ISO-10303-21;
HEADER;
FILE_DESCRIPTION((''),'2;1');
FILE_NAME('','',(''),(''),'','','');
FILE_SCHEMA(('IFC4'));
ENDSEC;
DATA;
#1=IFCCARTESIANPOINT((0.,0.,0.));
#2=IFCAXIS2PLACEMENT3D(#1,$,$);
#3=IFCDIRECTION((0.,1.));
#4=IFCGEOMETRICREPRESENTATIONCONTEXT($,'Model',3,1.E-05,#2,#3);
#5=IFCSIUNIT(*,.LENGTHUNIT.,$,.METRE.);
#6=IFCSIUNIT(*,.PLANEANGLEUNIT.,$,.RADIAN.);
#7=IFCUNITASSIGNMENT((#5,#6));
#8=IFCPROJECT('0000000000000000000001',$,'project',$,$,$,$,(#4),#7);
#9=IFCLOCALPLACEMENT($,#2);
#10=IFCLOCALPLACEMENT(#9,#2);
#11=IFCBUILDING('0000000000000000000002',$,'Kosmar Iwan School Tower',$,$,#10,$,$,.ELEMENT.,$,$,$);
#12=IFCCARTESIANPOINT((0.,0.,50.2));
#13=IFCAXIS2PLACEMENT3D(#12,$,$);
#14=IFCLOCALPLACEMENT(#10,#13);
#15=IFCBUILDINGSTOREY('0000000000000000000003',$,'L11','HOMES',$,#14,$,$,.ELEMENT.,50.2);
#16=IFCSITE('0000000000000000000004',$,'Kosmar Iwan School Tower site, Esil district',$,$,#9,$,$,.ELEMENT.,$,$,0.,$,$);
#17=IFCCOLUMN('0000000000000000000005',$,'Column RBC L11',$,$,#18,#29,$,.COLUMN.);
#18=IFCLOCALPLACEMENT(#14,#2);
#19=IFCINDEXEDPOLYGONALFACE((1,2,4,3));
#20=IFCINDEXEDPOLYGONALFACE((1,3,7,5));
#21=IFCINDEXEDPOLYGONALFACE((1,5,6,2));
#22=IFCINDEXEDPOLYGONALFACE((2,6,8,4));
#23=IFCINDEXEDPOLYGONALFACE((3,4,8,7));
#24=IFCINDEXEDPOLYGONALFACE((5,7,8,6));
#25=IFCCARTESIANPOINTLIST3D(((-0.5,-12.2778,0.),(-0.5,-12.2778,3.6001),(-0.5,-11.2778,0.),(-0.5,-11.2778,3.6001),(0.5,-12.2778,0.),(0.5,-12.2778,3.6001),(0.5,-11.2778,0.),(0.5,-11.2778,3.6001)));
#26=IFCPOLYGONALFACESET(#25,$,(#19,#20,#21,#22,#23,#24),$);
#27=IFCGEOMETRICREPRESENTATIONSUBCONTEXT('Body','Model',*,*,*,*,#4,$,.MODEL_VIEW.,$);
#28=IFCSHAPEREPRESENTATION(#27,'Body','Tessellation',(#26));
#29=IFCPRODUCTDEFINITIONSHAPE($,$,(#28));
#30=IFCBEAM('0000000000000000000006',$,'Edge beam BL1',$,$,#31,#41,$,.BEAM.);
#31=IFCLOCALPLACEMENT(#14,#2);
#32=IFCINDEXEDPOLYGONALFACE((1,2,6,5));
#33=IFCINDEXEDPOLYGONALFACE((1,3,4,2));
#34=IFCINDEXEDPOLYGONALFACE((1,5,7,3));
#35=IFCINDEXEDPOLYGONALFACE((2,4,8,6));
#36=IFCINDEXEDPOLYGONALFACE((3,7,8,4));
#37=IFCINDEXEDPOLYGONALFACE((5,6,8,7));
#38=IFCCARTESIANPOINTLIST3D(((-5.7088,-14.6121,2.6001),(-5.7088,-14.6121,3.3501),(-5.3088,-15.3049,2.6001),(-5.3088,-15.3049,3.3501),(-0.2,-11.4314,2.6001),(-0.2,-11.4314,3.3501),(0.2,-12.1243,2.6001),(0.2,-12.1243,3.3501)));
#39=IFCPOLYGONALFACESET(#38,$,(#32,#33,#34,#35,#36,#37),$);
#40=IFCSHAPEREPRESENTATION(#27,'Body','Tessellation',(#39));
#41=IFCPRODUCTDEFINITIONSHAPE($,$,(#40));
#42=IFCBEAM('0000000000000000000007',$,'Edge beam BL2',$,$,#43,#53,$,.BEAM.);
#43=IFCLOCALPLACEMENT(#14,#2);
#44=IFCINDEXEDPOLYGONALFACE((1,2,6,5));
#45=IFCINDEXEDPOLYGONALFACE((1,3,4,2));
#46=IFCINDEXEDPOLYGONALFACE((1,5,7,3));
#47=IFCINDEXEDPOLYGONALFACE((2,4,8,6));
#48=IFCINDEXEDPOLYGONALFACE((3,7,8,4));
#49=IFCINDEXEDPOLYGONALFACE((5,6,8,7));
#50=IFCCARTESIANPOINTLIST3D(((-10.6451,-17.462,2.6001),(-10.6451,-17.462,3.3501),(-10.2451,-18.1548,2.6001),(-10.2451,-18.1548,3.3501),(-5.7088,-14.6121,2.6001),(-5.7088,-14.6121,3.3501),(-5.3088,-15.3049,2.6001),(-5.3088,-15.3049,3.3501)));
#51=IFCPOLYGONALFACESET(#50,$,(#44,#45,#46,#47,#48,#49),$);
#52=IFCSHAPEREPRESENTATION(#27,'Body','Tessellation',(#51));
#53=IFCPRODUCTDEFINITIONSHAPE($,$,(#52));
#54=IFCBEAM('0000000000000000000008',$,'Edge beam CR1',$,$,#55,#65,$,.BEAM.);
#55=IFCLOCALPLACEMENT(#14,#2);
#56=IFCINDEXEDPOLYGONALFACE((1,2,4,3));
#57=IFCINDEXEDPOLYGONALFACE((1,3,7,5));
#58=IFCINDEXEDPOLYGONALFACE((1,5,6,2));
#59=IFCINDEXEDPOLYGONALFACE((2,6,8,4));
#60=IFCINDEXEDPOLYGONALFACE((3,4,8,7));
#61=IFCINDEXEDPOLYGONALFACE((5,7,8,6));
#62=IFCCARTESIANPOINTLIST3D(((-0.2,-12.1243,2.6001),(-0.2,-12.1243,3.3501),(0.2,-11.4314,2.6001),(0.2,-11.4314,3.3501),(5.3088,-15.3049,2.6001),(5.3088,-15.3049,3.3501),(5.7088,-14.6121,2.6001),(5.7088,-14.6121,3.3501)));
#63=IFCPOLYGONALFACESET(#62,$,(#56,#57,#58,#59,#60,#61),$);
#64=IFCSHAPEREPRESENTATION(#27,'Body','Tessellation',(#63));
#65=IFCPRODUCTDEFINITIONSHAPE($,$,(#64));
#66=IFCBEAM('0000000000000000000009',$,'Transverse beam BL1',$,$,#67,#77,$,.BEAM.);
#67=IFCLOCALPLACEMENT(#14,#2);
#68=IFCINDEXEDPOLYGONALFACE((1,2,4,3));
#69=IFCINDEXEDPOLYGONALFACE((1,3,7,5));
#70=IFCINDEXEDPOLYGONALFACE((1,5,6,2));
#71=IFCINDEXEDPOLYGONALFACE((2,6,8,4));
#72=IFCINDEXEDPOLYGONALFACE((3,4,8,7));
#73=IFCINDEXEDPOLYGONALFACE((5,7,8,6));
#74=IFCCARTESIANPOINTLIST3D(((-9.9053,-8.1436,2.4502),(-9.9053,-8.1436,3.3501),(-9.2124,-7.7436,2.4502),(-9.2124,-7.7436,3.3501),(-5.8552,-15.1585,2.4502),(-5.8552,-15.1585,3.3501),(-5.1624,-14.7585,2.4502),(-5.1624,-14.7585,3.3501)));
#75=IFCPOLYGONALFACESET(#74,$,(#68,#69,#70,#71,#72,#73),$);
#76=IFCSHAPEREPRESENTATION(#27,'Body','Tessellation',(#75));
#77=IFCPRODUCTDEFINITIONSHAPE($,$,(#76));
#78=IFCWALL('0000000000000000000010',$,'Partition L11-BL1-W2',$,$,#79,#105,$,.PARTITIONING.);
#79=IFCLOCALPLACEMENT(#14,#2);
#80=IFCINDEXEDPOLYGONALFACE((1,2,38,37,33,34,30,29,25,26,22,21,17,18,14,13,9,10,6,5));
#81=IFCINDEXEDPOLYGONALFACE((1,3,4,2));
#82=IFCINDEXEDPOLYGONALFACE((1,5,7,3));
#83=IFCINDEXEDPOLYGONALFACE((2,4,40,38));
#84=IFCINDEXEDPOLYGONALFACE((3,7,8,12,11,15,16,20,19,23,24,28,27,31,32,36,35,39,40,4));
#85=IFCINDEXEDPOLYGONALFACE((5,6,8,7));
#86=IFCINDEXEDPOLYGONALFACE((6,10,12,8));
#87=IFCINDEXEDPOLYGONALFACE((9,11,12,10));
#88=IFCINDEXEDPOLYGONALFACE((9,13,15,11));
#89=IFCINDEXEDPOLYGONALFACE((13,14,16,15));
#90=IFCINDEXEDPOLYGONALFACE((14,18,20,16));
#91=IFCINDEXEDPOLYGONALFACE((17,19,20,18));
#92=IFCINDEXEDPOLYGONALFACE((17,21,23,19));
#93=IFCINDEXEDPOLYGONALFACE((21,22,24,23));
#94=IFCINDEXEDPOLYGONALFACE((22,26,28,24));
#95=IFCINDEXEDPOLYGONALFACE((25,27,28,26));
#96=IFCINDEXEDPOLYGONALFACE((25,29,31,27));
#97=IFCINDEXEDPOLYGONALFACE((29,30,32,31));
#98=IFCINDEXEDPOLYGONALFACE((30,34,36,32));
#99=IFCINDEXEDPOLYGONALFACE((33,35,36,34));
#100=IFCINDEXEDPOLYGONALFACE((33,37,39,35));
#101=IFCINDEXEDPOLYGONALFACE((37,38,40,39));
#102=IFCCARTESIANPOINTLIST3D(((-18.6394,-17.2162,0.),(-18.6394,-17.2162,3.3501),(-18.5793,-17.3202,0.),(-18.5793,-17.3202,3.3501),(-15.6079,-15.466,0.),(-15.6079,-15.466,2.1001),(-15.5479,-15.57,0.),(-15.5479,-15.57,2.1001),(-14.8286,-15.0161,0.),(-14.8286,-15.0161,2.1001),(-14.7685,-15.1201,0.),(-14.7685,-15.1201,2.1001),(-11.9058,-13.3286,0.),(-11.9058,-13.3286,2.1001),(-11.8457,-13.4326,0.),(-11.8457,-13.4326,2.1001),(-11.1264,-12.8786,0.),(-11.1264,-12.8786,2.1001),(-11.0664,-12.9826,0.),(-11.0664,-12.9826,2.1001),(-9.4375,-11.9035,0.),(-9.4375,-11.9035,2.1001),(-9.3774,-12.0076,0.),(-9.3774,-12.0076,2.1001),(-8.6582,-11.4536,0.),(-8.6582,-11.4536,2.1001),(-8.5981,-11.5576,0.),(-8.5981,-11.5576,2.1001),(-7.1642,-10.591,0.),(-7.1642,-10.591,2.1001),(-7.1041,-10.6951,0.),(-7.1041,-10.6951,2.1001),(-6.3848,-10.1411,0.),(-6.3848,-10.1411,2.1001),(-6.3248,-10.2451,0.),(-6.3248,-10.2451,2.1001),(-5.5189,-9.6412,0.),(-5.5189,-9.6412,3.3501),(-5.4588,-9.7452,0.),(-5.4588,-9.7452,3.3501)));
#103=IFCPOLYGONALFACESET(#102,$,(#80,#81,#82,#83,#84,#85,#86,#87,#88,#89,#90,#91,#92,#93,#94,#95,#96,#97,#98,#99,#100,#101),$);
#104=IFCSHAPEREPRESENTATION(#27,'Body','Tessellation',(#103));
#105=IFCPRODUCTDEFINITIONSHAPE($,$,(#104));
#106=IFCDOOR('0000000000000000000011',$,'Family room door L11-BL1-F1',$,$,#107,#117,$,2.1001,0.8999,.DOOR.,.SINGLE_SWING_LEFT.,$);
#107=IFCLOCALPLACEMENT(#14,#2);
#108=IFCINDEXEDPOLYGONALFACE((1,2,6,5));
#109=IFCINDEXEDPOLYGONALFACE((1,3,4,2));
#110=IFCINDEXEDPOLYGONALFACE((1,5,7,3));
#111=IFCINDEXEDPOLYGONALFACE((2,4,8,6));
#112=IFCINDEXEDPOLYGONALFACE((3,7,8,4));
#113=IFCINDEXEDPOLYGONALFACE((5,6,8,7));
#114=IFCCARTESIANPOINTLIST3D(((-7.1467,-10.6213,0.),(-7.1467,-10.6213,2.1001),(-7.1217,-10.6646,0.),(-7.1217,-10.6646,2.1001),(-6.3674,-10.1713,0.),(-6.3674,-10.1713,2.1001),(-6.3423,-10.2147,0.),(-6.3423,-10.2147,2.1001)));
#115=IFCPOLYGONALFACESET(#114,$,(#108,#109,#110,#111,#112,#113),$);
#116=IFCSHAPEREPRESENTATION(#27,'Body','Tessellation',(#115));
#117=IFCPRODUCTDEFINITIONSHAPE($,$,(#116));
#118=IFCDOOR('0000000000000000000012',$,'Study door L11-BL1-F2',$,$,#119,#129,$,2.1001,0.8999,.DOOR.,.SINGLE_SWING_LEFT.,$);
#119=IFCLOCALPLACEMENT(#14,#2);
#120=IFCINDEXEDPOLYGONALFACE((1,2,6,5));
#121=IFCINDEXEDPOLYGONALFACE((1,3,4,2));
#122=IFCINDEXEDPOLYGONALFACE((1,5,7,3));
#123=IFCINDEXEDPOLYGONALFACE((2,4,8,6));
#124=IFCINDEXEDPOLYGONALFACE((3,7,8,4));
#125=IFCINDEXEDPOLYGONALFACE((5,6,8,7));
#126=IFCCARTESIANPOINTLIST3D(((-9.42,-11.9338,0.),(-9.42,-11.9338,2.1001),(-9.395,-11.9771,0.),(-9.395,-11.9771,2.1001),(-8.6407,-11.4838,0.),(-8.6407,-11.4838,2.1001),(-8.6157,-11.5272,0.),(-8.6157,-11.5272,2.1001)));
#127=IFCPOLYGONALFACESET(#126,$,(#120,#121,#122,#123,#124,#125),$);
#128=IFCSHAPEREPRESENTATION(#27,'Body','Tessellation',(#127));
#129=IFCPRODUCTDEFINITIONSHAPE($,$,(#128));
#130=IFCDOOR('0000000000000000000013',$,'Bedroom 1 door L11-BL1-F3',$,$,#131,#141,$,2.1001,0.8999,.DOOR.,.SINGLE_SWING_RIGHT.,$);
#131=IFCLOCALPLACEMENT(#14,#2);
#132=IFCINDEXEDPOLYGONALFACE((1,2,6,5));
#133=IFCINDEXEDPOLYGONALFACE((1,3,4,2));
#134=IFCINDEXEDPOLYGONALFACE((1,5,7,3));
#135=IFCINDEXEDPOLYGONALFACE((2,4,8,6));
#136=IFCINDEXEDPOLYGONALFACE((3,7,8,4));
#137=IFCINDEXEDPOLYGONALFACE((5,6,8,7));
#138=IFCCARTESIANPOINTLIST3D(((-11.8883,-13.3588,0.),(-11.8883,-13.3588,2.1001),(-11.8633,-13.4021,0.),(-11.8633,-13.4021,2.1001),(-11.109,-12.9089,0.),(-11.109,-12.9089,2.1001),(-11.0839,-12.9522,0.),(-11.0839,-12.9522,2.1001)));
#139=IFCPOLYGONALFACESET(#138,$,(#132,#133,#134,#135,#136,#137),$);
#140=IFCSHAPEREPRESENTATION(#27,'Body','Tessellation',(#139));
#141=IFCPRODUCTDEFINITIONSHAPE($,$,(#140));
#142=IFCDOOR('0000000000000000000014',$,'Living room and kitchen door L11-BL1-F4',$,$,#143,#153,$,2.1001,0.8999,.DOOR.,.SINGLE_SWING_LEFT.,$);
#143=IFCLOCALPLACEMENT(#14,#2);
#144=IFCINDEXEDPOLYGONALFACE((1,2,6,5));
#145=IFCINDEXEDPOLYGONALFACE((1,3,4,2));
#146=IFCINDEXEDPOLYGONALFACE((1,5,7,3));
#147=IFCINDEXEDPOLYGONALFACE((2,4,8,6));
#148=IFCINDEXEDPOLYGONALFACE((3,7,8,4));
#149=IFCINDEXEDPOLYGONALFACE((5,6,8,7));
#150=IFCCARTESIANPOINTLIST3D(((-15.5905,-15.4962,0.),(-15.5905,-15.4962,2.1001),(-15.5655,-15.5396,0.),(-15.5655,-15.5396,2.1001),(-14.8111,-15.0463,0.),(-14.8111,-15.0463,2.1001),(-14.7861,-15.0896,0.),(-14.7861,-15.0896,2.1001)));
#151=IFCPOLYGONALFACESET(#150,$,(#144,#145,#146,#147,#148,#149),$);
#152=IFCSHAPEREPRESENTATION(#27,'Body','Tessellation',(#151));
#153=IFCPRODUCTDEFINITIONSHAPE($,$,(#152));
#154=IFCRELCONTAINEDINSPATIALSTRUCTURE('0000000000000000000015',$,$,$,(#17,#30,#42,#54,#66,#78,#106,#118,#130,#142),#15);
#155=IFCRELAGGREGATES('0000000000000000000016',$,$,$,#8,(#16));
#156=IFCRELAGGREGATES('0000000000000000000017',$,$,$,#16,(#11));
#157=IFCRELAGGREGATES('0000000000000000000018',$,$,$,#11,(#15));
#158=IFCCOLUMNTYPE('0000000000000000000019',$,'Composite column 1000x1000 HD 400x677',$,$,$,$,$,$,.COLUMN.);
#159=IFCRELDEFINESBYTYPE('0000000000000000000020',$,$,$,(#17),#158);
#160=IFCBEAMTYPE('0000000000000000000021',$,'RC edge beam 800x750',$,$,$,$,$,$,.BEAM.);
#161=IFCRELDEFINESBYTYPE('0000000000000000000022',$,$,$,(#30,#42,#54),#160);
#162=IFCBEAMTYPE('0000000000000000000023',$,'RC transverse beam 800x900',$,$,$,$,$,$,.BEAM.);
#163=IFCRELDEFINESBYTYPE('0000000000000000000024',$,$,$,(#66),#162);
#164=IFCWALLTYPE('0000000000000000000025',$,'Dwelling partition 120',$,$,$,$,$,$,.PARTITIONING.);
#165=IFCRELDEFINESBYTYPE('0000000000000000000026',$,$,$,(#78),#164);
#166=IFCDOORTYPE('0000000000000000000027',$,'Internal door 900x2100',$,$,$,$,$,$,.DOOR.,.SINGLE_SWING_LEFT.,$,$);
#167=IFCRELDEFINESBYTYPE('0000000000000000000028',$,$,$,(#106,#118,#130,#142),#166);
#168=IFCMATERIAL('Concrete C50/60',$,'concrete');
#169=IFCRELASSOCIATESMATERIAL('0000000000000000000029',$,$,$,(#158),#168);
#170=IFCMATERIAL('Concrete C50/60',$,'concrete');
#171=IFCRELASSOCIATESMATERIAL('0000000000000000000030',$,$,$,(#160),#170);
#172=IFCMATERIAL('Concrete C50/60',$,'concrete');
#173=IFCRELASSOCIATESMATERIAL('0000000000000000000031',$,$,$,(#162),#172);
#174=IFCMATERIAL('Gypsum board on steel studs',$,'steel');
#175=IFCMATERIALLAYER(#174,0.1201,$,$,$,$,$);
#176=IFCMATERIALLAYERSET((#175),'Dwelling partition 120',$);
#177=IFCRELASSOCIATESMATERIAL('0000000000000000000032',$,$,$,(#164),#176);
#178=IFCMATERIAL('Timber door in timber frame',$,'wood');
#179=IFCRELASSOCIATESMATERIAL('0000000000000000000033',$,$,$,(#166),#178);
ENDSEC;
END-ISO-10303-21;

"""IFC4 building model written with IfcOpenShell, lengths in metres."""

from ifc_helpers import new_model, si_unit, direction, frame, frame_2d, origin, origin_2d, place, context, subcontext, project, spatial, rectangle, extrude, material, layer, layer_set, material_profile, profile_set, type_object, element, fill, save


model = new_model("IFC4")

# Units and contexts
model_context = context("Model", 3, precision=1e-05, world=origin(), true_north=direction((0.0, 1.0)))
body_context = subcontext(model_context, "Body", "Model", "MODEL_VIEW")
ifc_project = project(units=[si_unit("LENGTHUNIT", "METRE"), si_unit("PLANEANGLEUNIT", "RADIAN")], contexts=[model_context])

# Site, building, storey
site_placement = place(None, origin())
site = spatial("IfcSite", under=ifc_project, at=site_placement, Name="Kosmar Iwan School Tower site, Esil district", CompositionType="ELEMENT", RefElevation=0.0)
building_placement = place(site_placement, origin())
building = spatial("IfcBuilding", under=site, at=building_placement, Name="Kosmar Iwan School Tower", CompositionType="ELEMENT")
storey_placement = place(building_placement, frame((0.0, 0.0, 50.2)))
storey = spatial("IfcBuildingStorey", under=building, at=storey_placement, Name="L11", Description="HOMES", CompositionType="ELEMENT", Elevation=50.2)

# Column
ifc_material_1 = material(Name="Concrete C50/60", Category="concrete")
ifc_material_profile_1 = material_profile(ifc_material_1, rectangle(XDim=1.0, YDim=1.0, at=origin_2d()), Name="RC 1000x1000 + HD 400x677")
ifc_profile_set_1 = profile_set([ifc_material_profile_1], Name="Concrete C50/60")
column_type = type_object("IfcColumnType", Name="Composite column 1000x1000 HD 400x677", PredefinedType="COLUMN", material=ifc_profile_set_1)
column_placement = place(storey_placement, frame((0.0, -11.7778, 0.0), z_axis=(0.0, 0.0, 1.0), x_axis=(1.0, 0.0, 0.0)))
element("IfcColumn", 1, at=column_placement, inside=storey, type_object=column_type, Name="Column RBC L11", PredefinedType="COLUMN", context=body_context, shape_type="SweptSolid", body=[
    extrude(rectangle(XDim=1.0, YDim=1.0, at=origin_2d()), origin(), (0.0, 0.0, 1.0), 3.6001),
])

# Beams
ifc_material_2 = material(Name="Concrete C50/60", Category="concrete")
ifc_material_profile_2 = material_profile(ifc_material_2, rectangle(XDim=0.8, YDim=0.75, at=origin_2d()), Name="RC 800x750")
ifc_profile_set_2 = profile_set([ifc_material_profile_2], Name="Concrete C50/60")
beam_type_1 = type_object("IfcBeamType", Name="RC edge beam 800x750", PredefinedType="BEAM", material=ifc_profile_set_2)
beam_1_placement = place(storey_placement, frame((0.0, -11.7778, 2.9751), z_axis=(-0.866014, -0.500019, 0.0), x_axis=(0.500019, -0.866014, 0.0)))
element("IfcBeam", 2, at=beam_1_placement, inside=storey, type_object=beam_type_1, Name="Edge beam BL1", PredefinedType="BEAM", context=body_context, shape_type="SweptSolid", body=[
    extrude(rectangle(XDim=0.8, YDim=0.75, at=origin_2d()), origin(), (0.0, 0.0, 1.0), 6.3611),
])
beam_2_placement = place(storey_placement, frame((-5.5088, -14.9585, 2.9751), z_axis=(-0.866034, -0.499986, 0.0), x_axis=(0.499986, -0.866034, 0.0)))
element("IfcBeam", 3, at=beam_2_placement, inside=storey, type_object=beam_type_1, Name="Edge beam BL2", PredefinedType="BEAM", context=body_context, shape_type="SweptSolid", body=[
    extrude(rectangle(XDim=0.8, YDim=0.75, at=origin_2d()), origin(), (0.0, 0.0, 1.0), 5.7),
])
beam_3_placement = place(storey_placement, frame((0.0, -11.7778, 2.9751), z_axis=(0.866014, -0.500019, 0.0), x_axis=(0.500019, 0.866014, 0.0)))
element("IfcBeam", 4, at=beam_3_placement, inside=storey, type_object=beam_type_1, Name="Edge beam CR1", PredefinedType="BEAM", context=body_context, shape_type="SweptSolid", body=[
    extrude(rectangle(XDim=0.8, YDim=0.75, at=origin_2d()), origin(), (0.0, 0.0, 1.0), 6.3611),
])
ifc_material_3 = material(Name="Concrete C50/60", Category="concrete")
ifc_material_profile_3 = material_profile(ifc_material_3, rectangle(XDim=0.8, YDim=0.8999, at=origin_2d()), Name="RC 800x900")
ifc_profile_set_3 = profile_set([ifc_material_profile_3], Name="Concrete C50/60")
beam_type_2 = type_object("IfcBeamType", Name="RC transverse beam 800x900", PredefinedType="BEAM", material=ifc_profile_set_3)
beam_4_placement = place(storey_placement, frame((-5.5088, -14.9585, 2.9001), z_axis=(-0.5, 0.866025, 0.0), x_axis=(-0.866025, -0.5, 0.0)))
element("IfcBeam", 5, at=beam_4_placement, inside=storey, type_object=beam_type_2, Name="Transverse beam BL1", PredefinedType="BEAM", context=body_context, shape_type="SweptSolid", body=[
    extrude(rectangle(XDim=0.8, YDim=0.8999, at=origin_2d()), origin(), (0.0, 0.0, 1.0), 8.1001),
])

# Wall, openings, doors
ifc_material_4 = material(Name="Gypsum board on steel studs", Category="steel")
ifc_layer_1 = layer(ifc_material_4, 0.1201)
ifc_layer_set_1 = layer_set([ifc_layer_1], Name="Dwelling partition 120")
wall_type_1 = type_object("IfcWallType", Name="Dwelling partition 120", PredefinedType="PARTITIONING", material=ifc_layer_set_1)
wall_1_placement = place(storey_placement, frame((-5.4888, -9.6931, 0.0), z_axis=(0.0, 0.0, 1.0), x_axis=(-0.866028, -0.499995, 0.0)))
wall_1 = element("IfcWall", 6, at=wall_1_placement, inside=storey, type_object=wall_type_1, Name="Partition L11-BL1-W2", PredefinedType="PARTITIONING", context=body_context, shape_type="SweptSolid", body=[
    extrude(rectangle(XDim=15.1501, YDim=0.1201, at=frame_2d((7.5752, 0.0))), origin(), (0.0, 0.0, 1.0), 3.3501),
])
opening_1_placement = place(wall_1_placement, frame((1.0, 0.0, 0.0)))
opening_1 = element("IfcOpeningElement", 7, at=opening_1_placement, cuts=wall_1, PredefinedType="OPENING", context=body_context, shape_type="SweptSolid", body=[
    extrude(rectangle(XDim=0.8999, YDim=2.1001, at=frame_2d((0.45, 1.05))), frame((0.0, 0.072, 0.0), z_axis=(0.0, -1.0, 0.0), x_axis=(1.0, 0.0, 0.0)), (0.0, 0.0, 1.0), 0.144),
])
opening_2_placement = place(wall_1_placement, frame((3.625, 0.0, 0.0)))
opening_2 = element("IfcOpeningElement", 8, at=opening_2_placement, cuts=wall_1, PredefinedType="OPENING", context=body_context, shape_type="SweptSolid", body=[
    extrude(rectangle(XDim=0.8999, YDim=2.1001, at=frame_2d((0.45, 1.05))), frame((0.0, 0.072, 0.0), z_axis=(0.0, -1.0, 0.0), x_axis=(1.0, 0.0, 0.0)), (0.0, 0.0, 1.0), 0.144),
])
opening_3_placement = place(wall_1_placement, frame((6.4751, 0.0, 0.0)))
opening_3 = element("IfcOpeningElement", 9, at=opening_3_placement, cuts=wall_1, PredefinedType="OPENING", context=body_context, shape_type="SweptSolid", body=[
    extrude(rectangle(XDim=0.8999, YDim=2.1001, at=frame_2d((0.45, 1.05))), frame((0.0, 0.072, 0.0), z_axis=(0.0, -1.0, 0.0), x_axis=(1.0, 0.0, 0.0)), (0.0, 0.0, 1.0), 0.144),
])
opening_4_placement = place(wall_1_placement, frame((10.75, 0.0, 0.0)))
opening_4 = element("IfcOpeningElement", 10, at=opening_4_placement, cuts=wall_1, PredefinedType="OPENING", context=body_context, shape_type="SweptSolid", body=[
    extrude(rectangle(XDim=0.8999, YDim=2.1001, at=frame_2d((0.45, 1.05))), frame((0.0, 0.072, 0.0), z_axis=(0.0, -1.0, 0.0), x_axis=(1.0, 0.0, 0.0)), (0.0, 0.0, 1.0), 0.144),
])
ifc_material_5 = material(Name="Timber door in timber frame", Category="wood")
door_type_1 = type_object("IfcDoorType", Name="Internal door 900x2100", OperationType="SINGLE_SWING_LEFT", PredefinedType="DOOR", material=ifc_material_5)
door_1_placement = place(opening_1_placement, origin())
door_1 = element("IfcDoor", 11, at=door_1_placement, inside=storey, type_object=door_type_1, Name="Family room door L11-BL1-F1", OperationType="SINGLE_SWING_LEFT", OverallHeight=2.1001, OverallWidth=0.8999, PredefinedType="DOOR", context=body_context, shape_type="SweptSolid", body=[
    extrude(rectangle(XDim=0.8999, YDim=2.1001, at=frame_2d((0.45, 1.05))), frame((0.0, 0.0249, 0.0), z_axis=(0.0, -1.0, 0.0), x_axis=(1.0, 0.0, 0.0)), (0.0, 0.0, 1.0), 0.05),
])
fill(opening_1, door_1)
door_2_placement = place(opening_2_placement, origin())
door_2 = element("IfcDoor", 12, at=door_2_placement, inside=storey, type_object=door_type_1, Name="Study door L11-BL1-F2", OperationType="SINGLE_SWING_LEFT", OverallHeight=2.1001, OverallWidth=0.8999, PredefinedType="DOOR", context=body_context, shape_type="SweptSolid", body=[
    extrude(rectangle(XDim=0.8999, YDim=2.1001, at=frame_2d((0.45, 1.05))), frame((0.0, 0.0249, 0.0), z_axis=(0.0, -1.0, 0.0), x_axis=(1.0, 0.0, 0.0)), (0.0, 0.0, 1.0), 0.05),
])
fill(opening_2, door_2)
door_3_placement = place(opening_3_placement, origin())
door_3 = element("IfcDoor", 13, at=door_3_placement, inside=storey, type_object=door_type_1, Name="Bedroom 1 door L11-BL1-F3", OperationType="SINGLE_SWING_RIGHT", OverallHeight=2.1001, OverallWidth=0.8999, PredefinedType="DOOR", context=body_context, shape_type="SweptSolid", body=[
    extrude(rectangle(XDim=0.8999, YDim=2.1001, at=frame_2d((0.45, 1.05))), frame((0.0, 0.0249, 0.0), z_axis=(0.0, -1.0, 0.0), x_axis=(1.0, 0.0, 0.0)), (0.0, 0.0, 1.0), 0.05),
])
fill(opening_3, door_3)
door_4_placement = place(opening_4_placement, origin())
door_4 = element("IfcDoor", 14, at=door_4_placement, inside=storey, type_object=door_type_1, Name="Living room and kitchen door L11-BL1-F4", OperationType="SINGLE_SWING_LEFT", OverallHeight=2.1001, OverallWidth=0.8999, PredefinedType="DOOR", context=body_context, shape_type="SweptSolid", body=[
    extrude(rectangle(XDim=0.8999, YDim=2.1001, at=frame_2d((0.45, 1.05))), frame((0.0, 0.0249, 0.0), z_axis=(0.0, -1.0, 0.0), x_axis=(1.0, 0.0, 0.0)), (0.0, 0.0, 1.0), 0.05),
])
fill(opening_4, door_4)

save(model, "model.ifc")
